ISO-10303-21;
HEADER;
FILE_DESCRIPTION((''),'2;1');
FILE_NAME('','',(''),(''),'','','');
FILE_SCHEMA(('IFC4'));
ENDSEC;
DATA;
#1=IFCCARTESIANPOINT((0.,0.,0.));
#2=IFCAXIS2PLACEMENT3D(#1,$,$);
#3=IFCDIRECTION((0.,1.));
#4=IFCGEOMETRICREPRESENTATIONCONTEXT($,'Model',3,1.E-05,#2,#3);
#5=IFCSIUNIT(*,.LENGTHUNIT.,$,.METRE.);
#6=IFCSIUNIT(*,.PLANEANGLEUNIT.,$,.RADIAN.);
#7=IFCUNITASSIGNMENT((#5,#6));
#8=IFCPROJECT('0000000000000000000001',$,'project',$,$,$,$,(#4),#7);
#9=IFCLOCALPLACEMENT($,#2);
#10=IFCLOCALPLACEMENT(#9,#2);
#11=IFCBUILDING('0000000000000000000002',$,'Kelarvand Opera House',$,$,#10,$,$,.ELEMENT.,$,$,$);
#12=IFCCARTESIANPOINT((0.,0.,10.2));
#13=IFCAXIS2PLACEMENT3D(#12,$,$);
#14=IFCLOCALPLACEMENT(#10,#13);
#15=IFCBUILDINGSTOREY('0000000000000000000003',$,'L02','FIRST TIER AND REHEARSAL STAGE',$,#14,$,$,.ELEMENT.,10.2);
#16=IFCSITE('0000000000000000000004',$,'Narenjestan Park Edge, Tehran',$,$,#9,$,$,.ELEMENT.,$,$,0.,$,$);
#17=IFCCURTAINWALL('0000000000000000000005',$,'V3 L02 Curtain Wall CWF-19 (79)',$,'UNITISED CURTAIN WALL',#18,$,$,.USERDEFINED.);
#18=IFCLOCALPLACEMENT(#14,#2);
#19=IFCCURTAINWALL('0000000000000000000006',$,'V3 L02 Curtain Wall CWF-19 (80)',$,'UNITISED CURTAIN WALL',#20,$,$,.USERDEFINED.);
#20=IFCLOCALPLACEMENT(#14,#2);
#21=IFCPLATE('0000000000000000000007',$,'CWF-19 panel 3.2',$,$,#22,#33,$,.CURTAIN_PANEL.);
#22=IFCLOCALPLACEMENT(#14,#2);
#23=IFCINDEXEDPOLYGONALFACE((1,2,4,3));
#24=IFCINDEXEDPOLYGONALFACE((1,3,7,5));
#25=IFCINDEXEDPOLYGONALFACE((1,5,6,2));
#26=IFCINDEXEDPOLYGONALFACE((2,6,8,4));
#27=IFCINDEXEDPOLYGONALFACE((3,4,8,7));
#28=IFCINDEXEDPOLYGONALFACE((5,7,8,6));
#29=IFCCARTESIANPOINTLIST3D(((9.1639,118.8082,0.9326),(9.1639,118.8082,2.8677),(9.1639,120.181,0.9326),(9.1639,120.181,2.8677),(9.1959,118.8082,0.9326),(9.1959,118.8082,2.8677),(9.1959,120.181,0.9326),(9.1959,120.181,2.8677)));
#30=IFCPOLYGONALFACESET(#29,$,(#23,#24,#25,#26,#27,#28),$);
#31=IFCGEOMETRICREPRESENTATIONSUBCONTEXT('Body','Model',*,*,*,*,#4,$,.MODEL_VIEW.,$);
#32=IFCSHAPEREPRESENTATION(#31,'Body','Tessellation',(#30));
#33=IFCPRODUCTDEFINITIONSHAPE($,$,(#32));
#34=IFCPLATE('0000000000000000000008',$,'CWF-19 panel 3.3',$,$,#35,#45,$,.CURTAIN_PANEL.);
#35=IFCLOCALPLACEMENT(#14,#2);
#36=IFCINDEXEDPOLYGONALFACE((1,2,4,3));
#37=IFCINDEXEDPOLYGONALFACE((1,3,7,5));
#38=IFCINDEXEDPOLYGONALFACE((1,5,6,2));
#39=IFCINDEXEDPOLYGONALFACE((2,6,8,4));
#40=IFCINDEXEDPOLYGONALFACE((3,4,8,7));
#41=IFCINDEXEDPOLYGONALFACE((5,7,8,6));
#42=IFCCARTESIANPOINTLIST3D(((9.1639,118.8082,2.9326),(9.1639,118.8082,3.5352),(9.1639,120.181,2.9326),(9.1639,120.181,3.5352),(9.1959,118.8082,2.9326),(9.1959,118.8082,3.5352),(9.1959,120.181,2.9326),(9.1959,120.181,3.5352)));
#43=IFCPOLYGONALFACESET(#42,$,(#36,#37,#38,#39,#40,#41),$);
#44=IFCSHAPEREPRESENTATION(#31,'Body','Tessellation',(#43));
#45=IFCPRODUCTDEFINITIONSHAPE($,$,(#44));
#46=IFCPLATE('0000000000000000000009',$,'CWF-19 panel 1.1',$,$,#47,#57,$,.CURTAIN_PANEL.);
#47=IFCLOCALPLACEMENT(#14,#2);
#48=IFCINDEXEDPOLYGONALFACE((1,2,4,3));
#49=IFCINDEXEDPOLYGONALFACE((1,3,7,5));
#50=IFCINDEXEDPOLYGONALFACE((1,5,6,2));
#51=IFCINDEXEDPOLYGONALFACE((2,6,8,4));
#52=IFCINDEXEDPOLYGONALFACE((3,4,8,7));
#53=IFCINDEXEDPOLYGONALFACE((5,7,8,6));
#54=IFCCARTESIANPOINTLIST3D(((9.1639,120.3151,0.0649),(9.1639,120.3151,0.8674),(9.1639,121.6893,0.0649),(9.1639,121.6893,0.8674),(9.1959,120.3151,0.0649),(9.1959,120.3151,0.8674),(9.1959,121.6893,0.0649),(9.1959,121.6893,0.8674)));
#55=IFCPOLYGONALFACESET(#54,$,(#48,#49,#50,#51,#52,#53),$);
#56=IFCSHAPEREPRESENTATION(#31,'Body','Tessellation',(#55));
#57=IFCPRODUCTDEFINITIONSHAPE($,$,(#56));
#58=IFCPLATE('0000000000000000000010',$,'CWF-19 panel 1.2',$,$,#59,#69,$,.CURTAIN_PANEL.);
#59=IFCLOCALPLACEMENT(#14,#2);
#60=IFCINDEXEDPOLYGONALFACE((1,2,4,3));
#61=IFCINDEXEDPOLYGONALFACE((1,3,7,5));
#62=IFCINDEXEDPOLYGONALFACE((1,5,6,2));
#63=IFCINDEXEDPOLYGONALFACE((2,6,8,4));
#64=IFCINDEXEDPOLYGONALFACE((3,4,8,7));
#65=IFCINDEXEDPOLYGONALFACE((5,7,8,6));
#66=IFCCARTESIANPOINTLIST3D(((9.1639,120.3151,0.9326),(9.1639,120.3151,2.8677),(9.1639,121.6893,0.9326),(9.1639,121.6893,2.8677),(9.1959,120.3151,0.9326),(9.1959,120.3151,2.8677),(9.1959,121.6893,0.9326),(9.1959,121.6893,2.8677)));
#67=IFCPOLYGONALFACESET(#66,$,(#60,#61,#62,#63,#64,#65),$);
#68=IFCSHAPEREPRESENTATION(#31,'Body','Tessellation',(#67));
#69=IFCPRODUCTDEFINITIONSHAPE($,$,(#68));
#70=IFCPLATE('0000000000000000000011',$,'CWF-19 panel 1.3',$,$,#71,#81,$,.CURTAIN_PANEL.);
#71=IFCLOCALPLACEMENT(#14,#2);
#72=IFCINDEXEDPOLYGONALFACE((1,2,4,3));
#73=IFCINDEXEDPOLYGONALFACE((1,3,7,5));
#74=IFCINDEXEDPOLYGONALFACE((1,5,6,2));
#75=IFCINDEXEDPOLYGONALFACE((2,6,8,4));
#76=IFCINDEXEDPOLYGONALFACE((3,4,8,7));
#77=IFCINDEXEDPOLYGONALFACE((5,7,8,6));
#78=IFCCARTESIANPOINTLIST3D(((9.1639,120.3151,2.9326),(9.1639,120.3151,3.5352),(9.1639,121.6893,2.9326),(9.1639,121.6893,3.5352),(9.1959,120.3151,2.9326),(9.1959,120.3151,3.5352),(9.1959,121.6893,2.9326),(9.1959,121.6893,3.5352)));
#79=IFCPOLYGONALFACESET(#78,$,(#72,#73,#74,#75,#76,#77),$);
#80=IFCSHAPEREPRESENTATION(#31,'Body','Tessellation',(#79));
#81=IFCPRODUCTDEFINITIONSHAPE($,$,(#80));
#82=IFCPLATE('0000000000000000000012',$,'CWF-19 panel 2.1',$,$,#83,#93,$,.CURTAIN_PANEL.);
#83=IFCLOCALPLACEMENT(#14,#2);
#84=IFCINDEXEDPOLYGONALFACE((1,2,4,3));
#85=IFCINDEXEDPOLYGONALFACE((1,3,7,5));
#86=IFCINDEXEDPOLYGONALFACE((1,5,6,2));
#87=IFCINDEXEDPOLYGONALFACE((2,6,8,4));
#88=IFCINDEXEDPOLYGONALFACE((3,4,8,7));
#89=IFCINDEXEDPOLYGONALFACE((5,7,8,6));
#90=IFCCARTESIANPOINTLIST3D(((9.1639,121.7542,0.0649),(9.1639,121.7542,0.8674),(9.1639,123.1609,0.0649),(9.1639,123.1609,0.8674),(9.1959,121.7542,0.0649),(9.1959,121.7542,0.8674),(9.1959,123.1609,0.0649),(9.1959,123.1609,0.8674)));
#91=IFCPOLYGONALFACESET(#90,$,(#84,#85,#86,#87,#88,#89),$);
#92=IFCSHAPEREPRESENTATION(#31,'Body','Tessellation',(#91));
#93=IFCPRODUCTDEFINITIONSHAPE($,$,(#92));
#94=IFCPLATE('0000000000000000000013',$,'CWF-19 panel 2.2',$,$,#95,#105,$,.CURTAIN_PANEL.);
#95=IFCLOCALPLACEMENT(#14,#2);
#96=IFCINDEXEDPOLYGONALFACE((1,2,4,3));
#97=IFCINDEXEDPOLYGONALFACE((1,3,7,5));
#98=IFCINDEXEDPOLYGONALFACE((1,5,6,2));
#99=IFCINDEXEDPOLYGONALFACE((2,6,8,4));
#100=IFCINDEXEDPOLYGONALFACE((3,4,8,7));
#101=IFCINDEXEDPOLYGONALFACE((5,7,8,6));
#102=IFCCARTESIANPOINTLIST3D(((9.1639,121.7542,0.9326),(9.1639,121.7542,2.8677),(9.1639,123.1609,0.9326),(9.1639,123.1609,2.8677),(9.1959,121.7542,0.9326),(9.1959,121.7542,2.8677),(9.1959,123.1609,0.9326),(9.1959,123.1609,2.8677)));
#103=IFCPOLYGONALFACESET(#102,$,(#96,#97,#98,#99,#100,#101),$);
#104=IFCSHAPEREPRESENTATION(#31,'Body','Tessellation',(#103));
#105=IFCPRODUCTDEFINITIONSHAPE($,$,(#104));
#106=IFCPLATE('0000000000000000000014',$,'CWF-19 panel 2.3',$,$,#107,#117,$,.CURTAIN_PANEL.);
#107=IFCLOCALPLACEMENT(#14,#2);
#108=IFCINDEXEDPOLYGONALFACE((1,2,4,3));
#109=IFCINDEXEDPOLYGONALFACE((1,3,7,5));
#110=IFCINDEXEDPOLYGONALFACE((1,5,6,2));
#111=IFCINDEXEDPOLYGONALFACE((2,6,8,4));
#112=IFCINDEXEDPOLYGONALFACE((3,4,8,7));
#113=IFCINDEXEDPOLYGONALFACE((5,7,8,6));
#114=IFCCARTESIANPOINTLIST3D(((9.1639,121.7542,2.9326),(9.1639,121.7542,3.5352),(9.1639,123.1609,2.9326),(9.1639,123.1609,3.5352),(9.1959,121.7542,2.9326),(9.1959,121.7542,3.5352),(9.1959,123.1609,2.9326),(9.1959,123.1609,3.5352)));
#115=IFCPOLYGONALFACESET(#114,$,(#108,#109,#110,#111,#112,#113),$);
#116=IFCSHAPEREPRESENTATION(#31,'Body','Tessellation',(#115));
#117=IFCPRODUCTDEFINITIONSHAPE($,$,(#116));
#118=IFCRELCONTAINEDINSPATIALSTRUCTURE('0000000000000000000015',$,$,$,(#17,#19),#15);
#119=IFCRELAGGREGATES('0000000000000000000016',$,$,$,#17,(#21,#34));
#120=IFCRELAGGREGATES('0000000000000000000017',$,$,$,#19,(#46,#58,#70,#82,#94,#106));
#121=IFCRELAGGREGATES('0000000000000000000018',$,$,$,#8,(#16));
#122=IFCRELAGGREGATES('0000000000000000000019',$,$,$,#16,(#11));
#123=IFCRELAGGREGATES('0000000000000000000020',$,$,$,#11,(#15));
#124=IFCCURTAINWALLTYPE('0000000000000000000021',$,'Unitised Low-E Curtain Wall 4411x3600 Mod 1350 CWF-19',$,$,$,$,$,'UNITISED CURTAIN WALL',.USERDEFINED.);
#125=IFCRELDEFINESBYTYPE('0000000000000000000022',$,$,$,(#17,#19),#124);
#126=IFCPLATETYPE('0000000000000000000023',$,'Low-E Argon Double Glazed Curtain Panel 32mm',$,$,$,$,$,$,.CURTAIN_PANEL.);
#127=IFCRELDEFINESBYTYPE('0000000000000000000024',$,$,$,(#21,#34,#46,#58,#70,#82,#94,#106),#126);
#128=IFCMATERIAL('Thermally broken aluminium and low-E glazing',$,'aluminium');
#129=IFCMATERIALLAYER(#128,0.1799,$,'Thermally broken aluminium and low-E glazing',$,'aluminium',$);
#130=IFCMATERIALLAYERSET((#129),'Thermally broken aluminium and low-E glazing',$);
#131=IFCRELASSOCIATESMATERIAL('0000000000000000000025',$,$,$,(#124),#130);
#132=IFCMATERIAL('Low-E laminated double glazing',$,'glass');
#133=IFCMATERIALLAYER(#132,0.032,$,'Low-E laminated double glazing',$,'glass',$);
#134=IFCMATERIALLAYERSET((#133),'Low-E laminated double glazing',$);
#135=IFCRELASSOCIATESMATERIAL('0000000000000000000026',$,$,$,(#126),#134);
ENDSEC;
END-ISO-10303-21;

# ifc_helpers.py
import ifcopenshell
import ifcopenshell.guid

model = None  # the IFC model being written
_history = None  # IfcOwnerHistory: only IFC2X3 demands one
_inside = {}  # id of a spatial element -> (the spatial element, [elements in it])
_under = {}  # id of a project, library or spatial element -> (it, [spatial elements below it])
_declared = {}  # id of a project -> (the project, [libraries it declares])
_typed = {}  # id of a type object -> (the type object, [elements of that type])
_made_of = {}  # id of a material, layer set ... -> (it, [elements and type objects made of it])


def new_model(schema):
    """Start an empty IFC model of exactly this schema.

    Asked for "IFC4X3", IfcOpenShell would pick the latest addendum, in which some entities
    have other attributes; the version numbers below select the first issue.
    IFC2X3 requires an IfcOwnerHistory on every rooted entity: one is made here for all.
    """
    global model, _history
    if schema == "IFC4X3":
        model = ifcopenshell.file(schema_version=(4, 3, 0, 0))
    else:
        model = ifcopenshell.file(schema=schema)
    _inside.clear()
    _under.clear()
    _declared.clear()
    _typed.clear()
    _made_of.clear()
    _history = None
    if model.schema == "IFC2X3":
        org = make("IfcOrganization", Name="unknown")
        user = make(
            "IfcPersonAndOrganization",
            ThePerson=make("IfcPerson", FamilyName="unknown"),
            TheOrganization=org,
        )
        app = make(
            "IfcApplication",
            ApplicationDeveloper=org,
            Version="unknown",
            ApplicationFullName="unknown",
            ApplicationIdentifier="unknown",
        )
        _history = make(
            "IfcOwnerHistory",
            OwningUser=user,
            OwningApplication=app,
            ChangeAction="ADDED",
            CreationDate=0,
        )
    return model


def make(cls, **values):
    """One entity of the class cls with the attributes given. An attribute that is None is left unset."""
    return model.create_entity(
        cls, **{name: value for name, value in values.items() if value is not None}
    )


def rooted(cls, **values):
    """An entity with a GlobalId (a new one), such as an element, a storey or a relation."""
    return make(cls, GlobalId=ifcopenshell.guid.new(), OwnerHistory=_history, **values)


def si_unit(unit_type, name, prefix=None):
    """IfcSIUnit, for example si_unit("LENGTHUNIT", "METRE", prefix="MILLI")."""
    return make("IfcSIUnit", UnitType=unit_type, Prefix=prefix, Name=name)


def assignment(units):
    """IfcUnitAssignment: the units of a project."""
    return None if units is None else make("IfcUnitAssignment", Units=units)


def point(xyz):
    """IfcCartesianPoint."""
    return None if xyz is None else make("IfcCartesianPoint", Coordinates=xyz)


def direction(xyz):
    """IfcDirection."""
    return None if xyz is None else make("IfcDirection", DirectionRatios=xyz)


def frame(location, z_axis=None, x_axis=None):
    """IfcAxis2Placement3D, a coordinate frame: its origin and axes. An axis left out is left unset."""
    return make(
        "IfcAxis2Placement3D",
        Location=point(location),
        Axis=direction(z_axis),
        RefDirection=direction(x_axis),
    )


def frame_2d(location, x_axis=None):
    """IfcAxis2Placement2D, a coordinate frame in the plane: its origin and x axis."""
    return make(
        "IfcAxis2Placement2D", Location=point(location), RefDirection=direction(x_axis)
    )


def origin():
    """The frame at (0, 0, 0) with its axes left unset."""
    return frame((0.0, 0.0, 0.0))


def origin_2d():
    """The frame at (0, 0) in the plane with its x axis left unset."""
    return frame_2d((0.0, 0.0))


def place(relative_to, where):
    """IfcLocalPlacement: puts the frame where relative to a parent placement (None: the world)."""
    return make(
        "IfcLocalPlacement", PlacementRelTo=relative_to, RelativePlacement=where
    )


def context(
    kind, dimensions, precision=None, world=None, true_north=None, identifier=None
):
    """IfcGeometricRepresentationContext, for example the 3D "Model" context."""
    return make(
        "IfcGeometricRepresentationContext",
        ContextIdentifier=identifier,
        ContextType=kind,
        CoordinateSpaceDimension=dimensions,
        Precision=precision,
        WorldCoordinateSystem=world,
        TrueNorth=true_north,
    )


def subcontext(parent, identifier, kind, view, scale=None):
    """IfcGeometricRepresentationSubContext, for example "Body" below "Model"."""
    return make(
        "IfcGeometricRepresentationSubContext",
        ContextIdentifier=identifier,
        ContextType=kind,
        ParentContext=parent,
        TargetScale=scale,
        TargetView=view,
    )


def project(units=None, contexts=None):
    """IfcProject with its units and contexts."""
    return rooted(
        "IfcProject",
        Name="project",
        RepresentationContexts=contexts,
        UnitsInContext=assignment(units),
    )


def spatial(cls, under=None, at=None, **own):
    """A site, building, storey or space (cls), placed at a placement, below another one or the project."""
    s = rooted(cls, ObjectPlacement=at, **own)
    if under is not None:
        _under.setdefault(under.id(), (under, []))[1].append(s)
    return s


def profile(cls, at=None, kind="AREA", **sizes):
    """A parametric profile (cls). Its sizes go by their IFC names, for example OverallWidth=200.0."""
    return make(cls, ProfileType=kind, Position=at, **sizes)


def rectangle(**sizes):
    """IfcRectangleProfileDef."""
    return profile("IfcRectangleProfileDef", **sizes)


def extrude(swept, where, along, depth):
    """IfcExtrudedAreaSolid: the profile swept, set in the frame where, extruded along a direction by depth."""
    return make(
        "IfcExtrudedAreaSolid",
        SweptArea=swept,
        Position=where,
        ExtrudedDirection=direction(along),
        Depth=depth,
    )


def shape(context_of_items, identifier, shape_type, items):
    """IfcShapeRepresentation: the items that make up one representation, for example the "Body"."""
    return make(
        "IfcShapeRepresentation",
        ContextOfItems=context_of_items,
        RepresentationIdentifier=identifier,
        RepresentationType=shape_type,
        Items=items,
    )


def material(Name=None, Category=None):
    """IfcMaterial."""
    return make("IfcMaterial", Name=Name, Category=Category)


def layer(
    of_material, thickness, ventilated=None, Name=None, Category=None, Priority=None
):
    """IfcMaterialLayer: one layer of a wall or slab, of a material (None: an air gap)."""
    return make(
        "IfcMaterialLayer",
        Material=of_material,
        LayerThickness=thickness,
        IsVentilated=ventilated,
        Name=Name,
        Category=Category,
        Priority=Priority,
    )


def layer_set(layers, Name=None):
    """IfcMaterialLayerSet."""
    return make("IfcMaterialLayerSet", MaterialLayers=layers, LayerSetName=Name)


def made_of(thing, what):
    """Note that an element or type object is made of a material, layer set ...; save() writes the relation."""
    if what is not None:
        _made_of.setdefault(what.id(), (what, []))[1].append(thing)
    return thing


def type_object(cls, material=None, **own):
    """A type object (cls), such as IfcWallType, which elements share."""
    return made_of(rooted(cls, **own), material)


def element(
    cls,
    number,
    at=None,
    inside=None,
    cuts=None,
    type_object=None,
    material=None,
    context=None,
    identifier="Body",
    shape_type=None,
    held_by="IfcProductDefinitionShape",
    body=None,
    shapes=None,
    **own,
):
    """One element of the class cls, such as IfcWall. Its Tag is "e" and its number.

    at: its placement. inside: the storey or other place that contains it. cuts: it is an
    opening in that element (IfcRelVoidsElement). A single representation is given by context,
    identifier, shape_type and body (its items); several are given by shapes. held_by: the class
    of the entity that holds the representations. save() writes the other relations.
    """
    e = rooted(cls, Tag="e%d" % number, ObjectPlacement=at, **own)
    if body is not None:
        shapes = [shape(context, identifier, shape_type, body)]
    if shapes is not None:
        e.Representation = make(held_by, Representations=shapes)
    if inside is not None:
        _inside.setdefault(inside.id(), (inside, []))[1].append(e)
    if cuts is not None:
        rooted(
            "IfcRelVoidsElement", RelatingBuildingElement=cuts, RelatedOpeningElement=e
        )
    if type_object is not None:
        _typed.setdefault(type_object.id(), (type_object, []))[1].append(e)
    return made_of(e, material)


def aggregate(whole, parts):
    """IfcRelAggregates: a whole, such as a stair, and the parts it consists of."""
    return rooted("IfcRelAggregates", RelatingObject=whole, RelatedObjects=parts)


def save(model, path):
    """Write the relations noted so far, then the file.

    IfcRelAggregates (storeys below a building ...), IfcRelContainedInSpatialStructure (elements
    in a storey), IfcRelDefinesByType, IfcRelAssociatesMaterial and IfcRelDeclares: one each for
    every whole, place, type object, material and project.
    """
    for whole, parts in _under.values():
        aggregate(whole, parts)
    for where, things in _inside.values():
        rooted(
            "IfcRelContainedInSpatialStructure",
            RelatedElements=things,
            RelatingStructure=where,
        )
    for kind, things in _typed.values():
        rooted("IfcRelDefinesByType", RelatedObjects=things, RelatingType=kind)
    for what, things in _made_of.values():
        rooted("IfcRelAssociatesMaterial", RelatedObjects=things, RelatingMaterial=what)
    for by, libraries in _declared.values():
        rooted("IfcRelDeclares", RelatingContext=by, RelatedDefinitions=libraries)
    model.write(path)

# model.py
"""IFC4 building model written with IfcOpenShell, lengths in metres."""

from ifc_helpers import new_model, si_unit, direction, frame, origin, origin_2d, place, context, subcontext, project, spatial, rectangle, extrude, material, layer, layer_set, type_object, element, aggregate, save


model = new_model("IFC4")

# Units and contexts
model_context = context("Model", 3, precision=1e-05, world=origin(), true_north=direction((0.0, 1.0)))
body_context = subcontext(model_context, "Body", "Model", "MODEL_VIEW")
ifc_project = project(units=[si_unit("LENGTHUNIT", "METRE"), si_unit("PLANEANGLEUNIT", "RADIAN")], contexts=[model_context])

# Site, building, storey
site_placement = place(None, origin())
site = spatial("IfcSite", under=ifc_project, at=site_placement, Name="Narenjestan Park Edge, Tehran", CompositionType="ELEMENT", RefElevation=0.0)
building_placement = place(site_placement, origin())
building = spatial("IfcBuilding", under=site, at=building_placement, Name="Kelarvand Opera House", CompositionType="ELEMENT")
storey_placement = place(building_placement, frame((0.0, 0.0, 10.2)))
storey = spatial("IfcBuildingStorey", under=building, at=storey_placement, Name="L02", Description="FIRST TIER AND REHEARSAL STAGE", CompositionType="ELEMENT", Elevation=10.2)

# Curtain wall
ifc_material_1 = material(Name="Thermally broken aluminium and low-E glazing", Category="aluminium")
ifc_layer_1 = layer(ifc_material_1, 0.1799, Name="Thermally broken aluminium and low-E glazing", Category="aluminium")
ifc_layer_set_1 = layer_set([ifc_layer_1], Name="Thermally broken aluminium and low-E glazing")
curtain_wall_type = type_object("IfcCurtainWallType", Name="Unitised Low-E Curtain Wall 4411x3600 Mod 1350 CWF-19", ElementType="UNITISED CURTAIN WALL", PredefinedType="USERDEFINED", material=ifc_layer_set_1)
curtain_wall_1_placement = place(storey_placement, origin())
curtain_wall_1 = element("IfcCurtainWall", 1, at=curtain_wall_1_placement, inside=storey, type_object=curtain_wall_type, Name="V3 L02 Curtain Wall CWF-19 (79)", ObjectType="UNITISED CURTAIN WALL", PredefinedType="USERDEFINED")

# Curtain wall
curtain_wall_2_placement = place(storey_placement, origin())
curtain_wall_2 = element("IfcCurtainWall", 2, at=curtain_wall_2_placement, inside=storey, type_object=curtain_wall_type, Name="V3 L02 Curtain Wall CWF-19 (80)", ObjectType="UNITISED CURTAIN WALL", PredefinedType="USERDEFINED")

# Plates
ifc_material_2 = material(Name="Low-E laminated double glazing", Category="glass")
ifc_layer_2 = layer(ifc_material_2, 0.032, Name="Low-E laminated double glazing", Category="glass")
ifc_layer_set_2 = layer_set([ifc_layer_2], Name="Low-E laminated double glazing")
plate_type = type_object("IfcPlateType", Name="Low-E Argon Double Glazed Curtain Panel 32mm", PredefinedType="CURTAIN_PANEL", material=ifc_layer_set_2)
plate_1_placement = place(storey_placement, frame((9.1799, 119.4946, 0.9326), z_axis=(0.0, 0.0, 1.0), x_axis=(0.0, 1.0, 0.0)))
plate_1 = element("IfcPlate", 3, at=plate_1_placement, type_object=plate_type, Name="CWF-19 panel 3.2", PredefinedType="CURTAIN_PANEL", context=body_context, shape_type="SweptSolid", body=[
    extrude(rectangle(XDim=1.3728, YDim=0.032, at=origin_2d()), origin(), (0.0, 0.0, 1.0), 1.9351),
])
plate_2_placement = place(storey_placement, frame((9.1799, 119.4946, 2.9326), z_axis=(0.0, 0.0, 1.0), x_axis=(0.0, 1.0, 0.0)))
plate_2 = element("IfcPlate", 4, at=plate_2_placement, type_object=plate_type, Name="CWF-19 panel 3.3", PredefinedType="CURTAIN_PANEL", context=body_context, shape_type="SweptSolid", body=[
    extrude(rectangle(XDim=1.3728, YDim=0.032, at=origin_2d()), origin(), (0.0, 0.0, 1.0), 0.6025),
])
aggregate(curtain_wall_1, [plate_1, plate_2])
plate_3_placement = place(storey_placement, frame((9.1799, 121.0022, 0.0649), z_axis=(0.0, 0.0, 1.0), x_axis=(0.0, 1.0, 0.0)))
plate_3 = element("IfcPlate", 5, at=plate_3_placement, type_object=plate_type, Name="CWF-19 panel 1.1", PredefinedType="CURTAIN_PANEL", context=body_context, shape_type="SweptSolid", body=[
    extrude(rectangle(XDim=1.3743, YDim=0.032, at=origin_2d()), origin(), (0.0, 0.0, 1.0), 0.8025),
])
plate_4_placement = place(storey_placement, frame((9.1799, 121.0022, 0.9326), z_axis=(0.0, 0.0, 1.0), x_axis=(0.0, 1.0, 0.0)))
plate_4 = element("IfcPlate", 6, at=plate_4_placement, type_object=plate_type, Name="CWF-19 panel 1.2", PredefinedType="CURTAIN_PANEL", context=body_context, shape_type="SweptSolid", body=[
    extrude(rectangle(XDim=1.3743, YDim=0.032, at=origin_2d()), origin(), (0.0, 0.0, 1.0), 1.9351),
])
plate_5_placement = place(storey_placement, frame((9.1799, 121.0022, 2.9326), z_axis=(0.0, 0.0, 1.0), x_axis=(0.0, 1.0, 0.0)))
plate_5 = element("IfcPlate", 7, at=plate_5_placement, type_object=plate_type, Name="CWF-19 panel 1.3", PredefinedType="CURTAIN_PANEL", context=body_context, shape_type="SweptSolid", body=[
    extrude(rectangle(XDim=1.3743, YDim=0.032, at=origin_2d()), origin(), (0.0, 0.0, 1.0), 0.6025),
])
plate_6_placement = place(storey_placement, frame((9.1799, 122.4575, 0.0649), z_axis=(0.0, 0.0, 1.0), x_axis=(0.0, 1.0, 0.0)))
plate_6 = element("IfcPlate", 8, at=plate_6_placement, type_object=plate_type, Name="CWF-19 panel 2.1", PredefinedType="CURTAIN_PANEL", context=body_context, shape_type="SweptSolid", body=[
    extrude(rectangle(XDim=1.4067, YDim=0.032, at=origin_2d()), origin(), (0.0, 0.0, 1.0), 0.8025),
])
plate_7_placement = place(storey_placement, frame((9.1799, 122.4575, 0.9326), z_axis=(0.0, 0.0, 1.0), x_axis=(0.0, 1.0, 0.0)))
plate_7 = element("IfcPlate", 9, at=plate_7_placement, type_object=plate_type, Name="CWF-19 panel 2.2", PredefinedType="CURTAIN_PANEL", context=body_context, shape_type="SweptSolid", body=[
    extrude(rectangle(XDim=1.4067, YDim=0.032, at=origin_2d()), origin(), (0.0, 0.0, 1.0), 1.9351),
])
plate_8_placement = place(storey_placement, frame((9.1799, 122.4575, 2.9326), z_axis=(0.0, 0.0, 1.0), x_axis=(0.0, 1.0, 0.0)))
plate_8 = element("IfcPlate", 10, at=plate_8_placement, type_object=plate_type, Name="CWF-19 panel 2.3", PredefinedType="CURTAIN_PANEL", context=body_context, shape_type="SweptSolid", body=[
    extrude(rectangle(XDim=1.4067, YDim=0.032, at=origin_2d()), origin(), (0.0, 0.0, 1.0), 0.6025),
])
aggregate(curtain_wall_2, [plate_3, plate_4, plate_5, plate_6, plate_7, plate_8])

save(model, "model.ifc")
